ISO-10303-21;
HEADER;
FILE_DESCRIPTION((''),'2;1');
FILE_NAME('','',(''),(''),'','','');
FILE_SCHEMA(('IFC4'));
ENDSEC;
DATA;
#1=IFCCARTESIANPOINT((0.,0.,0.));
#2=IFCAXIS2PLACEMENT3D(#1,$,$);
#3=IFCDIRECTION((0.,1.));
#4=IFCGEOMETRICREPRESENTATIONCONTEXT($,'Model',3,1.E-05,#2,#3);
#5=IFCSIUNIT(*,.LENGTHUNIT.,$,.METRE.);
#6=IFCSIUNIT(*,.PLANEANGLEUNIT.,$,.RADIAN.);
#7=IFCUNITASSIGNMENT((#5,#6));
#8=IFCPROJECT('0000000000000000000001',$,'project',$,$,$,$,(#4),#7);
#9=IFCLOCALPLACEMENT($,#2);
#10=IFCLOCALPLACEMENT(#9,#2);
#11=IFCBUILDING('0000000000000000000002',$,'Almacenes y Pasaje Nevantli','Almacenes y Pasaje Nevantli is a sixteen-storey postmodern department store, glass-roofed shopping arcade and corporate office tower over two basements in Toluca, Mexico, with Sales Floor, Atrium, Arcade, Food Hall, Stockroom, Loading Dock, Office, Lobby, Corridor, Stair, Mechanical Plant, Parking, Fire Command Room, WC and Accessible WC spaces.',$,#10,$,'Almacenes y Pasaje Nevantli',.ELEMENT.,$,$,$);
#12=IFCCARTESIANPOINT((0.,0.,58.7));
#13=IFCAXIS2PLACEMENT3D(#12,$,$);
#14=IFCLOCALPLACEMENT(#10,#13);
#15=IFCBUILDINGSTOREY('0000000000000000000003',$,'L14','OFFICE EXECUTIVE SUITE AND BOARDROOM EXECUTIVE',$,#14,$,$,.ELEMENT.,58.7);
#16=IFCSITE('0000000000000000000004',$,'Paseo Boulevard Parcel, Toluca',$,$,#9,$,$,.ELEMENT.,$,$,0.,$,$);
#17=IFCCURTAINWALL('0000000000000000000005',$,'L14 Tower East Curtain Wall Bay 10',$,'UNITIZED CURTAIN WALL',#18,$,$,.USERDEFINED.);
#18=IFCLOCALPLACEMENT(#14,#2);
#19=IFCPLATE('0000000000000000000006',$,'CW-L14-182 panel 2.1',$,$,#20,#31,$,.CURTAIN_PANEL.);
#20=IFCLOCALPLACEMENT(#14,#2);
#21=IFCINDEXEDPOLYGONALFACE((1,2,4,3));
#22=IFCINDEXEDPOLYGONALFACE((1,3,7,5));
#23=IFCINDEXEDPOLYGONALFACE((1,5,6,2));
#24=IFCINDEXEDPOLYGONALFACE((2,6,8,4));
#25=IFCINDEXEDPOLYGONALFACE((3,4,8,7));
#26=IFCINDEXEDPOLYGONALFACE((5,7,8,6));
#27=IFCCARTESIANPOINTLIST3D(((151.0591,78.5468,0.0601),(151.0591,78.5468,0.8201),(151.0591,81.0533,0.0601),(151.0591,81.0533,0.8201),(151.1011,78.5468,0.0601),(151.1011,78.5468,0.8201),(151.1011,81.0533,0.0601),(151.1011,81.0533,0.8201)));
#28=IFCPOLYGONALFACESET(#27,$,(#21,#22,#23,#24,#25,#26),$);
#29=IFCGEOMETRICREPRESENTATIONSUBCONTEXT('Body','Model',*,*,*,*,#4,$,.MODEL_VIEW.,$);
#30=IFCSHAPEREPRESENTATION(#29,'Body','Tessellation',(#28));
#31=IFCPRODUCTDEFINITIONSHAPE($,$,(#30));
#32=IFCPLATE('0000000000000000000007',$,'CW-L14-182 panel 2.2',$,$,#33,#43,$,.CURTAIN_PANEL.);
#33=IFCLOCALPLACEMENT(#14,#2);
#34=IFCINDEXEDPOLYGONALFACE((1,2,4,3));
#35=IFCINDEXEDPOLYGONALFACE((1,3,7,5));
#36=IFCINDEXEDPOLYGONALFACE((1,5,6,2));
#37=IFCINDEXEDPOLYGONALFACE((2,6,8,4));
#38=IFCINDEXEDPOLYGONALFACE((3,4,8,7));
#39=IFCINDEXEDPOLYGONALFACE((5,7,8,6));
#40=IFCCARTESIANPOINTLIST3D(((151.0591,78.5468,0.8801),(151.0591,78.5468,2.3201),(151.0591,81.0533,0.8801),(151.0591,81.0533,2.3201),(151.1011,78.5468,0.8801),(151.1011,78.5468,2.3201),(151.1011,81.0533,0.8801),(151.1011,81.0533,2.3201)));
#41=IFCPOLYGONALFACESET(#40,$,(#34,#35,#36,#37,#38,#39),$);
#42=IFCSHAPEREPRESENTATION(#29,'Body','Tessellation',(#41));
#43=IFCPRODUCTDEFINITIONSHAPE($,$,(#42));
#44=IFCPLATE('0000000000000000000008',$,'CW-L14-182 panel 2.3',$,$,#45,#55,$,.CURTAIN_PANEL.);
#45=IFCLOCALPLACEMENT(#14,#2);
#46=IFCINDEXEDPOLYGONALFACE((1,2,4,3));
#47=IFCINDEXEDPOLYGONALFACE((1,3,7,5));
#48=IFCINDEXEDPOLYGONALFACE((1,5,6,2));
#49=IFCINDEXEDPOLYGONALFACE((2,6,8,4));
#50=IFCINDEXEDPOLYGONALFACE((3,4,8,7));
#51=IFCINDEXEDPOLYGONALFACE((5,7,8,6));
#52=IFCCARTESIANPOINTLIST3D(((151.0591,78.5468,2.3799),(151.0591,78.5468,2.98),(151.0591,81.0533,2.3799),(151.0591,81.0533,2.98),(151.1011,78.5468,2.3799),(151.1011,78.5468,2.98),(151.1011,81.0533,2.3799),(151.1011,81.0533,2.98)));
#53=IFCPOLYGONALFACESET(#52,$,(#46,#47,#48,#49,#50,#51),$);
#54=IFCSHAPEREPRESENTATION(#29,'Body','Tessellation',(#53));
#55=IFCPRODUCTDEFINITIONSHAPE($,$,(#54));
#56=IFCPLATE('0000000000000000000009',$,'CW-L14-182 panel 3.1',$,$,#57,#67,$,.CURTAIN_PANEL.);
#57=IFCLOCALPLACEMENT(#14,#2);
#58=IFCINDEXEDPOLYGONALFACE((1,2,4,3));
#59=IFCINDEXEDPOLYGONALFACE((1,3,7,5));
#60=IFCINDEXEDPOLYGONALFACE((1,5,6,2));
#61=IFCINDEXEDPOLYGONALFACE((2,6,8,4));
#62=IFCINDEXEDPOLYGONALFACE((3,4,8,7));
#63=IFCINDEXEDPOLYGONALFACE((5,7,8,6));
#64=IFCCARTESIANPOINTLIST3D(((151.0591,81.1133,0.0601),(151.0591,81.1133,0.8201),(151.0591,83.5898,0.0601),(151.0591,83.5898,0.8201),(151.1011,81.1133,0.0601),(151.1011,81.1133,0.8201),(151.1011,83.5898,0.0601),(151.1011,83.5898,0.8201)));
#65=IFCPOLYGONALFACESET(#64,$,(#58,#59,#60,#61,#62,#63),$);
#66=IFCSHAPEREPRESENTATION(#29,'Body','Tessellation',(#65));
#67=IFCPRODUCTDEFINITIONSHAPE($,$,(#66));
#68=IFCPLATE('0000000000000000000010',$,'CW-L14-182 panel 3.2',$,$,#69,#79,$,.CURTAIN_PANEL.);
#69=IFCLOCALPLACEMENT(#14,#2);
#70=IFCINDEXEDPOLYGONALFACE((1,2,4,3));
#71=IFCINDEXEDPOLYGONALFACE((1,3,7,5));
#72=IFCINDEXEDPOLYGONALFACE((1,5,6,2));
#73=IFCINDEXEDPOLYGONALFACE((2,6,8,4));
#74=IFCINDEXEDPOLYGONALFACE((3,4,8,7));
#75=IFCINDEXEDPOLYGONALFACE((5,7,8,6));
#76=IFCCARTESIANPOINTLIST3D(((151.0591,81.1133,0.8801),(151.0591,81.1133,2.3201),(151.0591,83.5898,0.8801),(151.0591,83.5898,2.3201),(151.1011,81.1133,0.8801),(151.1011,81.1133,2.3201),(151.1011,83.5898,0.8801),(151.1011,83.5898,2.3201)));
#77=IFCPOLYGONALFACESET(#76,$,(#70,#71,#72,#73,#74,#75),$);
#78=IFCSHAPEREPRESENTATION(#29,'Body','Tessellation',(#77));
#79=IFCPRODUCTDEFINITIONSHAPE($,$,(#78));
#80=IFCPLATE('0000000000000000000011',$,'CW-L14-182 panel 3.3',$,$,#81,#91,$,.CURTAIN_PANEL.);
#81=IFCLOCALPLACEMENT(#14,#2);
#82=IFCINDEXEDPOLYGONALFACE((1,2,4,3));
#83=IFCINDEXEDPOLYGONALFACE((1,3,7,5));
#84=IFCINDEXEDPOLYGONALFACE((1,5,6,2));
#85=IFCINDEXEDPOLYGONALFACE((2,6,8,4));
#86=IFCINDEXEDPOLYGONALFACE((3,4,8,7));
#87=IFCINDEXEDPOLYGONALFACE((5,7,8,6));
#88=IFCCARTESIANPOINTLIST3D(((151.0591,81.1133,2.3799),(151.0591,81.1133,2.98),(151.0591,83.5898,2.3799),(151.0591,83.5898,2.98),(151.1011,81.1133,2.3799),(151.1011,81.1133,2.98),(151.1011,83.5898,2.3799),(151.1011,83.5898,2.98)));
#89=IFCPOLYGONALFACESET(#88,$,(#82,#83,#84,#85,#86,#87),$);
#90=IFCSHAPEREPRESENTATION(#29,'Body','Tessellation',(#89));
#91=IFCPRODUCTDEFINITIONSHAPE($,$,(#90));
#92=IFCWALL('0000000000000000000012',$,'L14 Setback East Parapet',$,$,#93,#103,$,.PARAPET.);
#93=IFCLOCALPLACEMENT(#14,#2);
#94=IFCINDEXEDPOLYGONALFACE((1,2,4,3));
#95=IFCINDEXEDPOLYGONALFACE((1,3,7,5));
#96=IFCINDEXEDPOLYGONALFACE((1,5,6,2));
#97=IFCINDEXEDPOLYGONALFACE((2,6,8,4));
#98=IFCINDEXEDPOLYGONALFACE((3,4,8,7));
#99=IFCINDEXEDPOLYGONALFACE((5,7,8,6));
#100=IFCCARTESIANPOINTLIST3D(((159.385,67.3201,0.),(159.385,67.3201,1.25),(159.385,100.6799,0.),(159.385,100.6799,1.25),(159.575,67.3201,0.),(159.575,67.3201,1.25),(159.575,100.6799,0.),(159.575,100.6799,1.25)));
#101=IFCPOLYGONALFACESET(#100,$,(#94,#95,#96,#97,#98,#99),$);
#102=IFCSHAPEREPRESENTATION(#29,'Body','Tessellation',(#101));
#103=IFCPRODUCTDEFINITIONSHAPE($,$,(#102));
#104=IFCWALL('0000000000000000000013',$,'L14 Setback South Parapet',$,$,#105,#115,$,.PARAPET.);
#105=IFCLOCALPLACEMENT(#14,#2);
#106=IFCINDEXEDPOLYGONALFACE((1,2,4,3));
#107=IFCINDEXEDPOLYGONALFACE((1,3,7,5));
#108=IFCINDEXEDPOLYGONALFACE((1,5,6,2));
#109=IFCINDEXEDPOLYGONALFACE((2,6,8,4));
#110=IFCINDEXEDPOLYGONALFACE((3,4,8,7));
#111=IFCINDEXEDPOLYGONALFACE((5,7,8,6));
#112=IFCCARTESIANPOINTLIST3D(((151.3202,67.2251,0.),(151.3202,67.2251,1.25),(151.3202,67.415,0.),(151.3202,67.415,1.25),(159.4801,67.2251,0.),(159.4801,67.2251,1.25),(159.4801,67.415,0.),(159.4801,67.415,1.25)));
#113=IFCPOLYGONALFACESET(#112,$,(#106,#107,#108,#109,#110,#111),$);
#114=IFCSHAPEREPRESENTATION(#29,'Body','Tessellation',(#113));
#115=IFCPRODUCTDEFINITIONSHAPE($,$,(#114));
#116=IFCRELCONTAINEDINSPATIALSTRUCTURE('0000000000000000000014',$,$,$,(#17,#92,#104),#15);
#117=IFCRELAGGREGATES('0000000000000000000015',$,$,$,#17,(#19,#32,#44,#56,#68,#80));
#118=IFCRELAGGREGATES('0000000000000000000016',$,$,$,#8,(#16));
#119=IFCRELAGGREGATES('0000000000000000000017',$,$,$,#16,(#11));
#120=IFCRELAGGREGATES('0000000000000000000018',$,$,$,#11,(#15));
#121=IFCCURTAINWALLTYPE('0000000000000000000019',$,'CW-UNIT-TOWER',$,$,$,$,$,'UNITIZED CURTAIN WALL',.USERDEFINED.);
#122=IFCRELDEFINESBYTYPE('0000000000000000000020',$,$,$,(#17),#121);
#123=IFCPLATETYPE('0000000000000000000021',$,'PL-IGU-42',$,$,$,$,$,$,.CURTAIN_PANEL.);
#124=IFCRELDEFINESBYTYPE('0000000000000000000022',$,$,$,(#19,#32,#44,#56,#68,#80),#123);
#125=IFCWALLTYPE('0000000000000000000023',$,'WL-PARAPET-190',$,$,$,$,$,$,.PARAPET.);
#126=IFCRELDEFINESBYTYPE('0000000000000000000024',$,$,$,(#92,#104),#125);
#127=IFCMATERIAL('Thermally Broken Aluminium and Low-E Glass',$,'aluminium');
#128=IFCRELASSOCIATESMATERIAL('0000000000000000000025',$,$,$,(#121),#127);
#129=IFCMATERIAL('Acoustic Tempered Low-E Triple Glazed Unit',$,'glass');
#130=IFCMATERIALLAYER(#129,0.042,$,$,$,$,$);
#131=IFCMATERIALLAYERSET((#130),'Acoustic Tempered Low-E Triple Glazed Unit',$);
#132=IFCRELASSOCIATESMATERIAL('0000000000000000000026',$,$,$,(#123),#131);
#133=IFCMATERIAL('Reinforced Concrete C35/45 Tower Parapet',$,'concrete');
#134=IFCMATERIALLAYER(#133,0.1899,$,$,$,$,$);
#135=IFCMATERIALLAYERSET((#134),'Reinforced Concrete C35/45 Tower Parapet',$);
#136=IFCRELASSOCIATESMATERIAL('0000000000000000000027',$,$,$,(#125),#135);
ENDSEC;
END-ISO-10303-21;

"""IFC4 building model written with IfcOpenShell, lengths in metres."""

from ifc_helpers import new_model, si_unit, direction, frame, frame_2d, origin, origin_2d, place, context, subcontext, project, spatial, rectangle, extrude, material, layer, layer_set, type_object, element, aggregate, save


model = new_model("IFC4")

# Units and contexts
model_context = context("Model", 3, precision=1e-05, world=origin(), true_north=direction((0.0, 1.0)))
body_context = subcontext(model_context, "Body", "Model", "MODEL_VIEW")
ifc_project = project(units=[si_unit("LENGTHUNIT", "METRE"), si_unit("PLANEANGLEUNIT", "RADIAN")], contexts=[model_context])

# Site, building, storey
site_placement = place(None, origin())
site = spatial("IfcSite", under=ifc_project, at=site_placement, Name="Paseo Boulevard Parcel, Toluca", CompositionType="ELEMENT", RefElevation=0.0)
building_placement = place(site_placement, origin())
building = spatial("IfcBuilding", under=site, at=building_placement, Name="Almacenes y Pasaje Nevantli", Description="Almacenes y Pasaje Nevantli is a sixteen-storey postmodern department store, glass-roofed shopping arcade and corporate office tower over two basements in Toluca, Mexico, with Sales Floor, Atrium, Arcade, Food Hall, Stockroom, Loading Dock, Office, Lobby, Corridor, Stair, Mechanical Plant, Parking, Fire Command Room, WC and Accessible WC spaces.", LongName="Almacenes y Pasaje Nevantli", CompositionType="ELEMENT")
storey_placement = place(building_placement, frame((0.0, 0.0, 58.7)))
storey = spatial("IfcBuildingStorey", under=building, at=storey_placement, Name="L14", Description="OFFICE EXECUTIVE SUITE AND BOARDROOM EXECUTIVE", CompositionType="ELEMENT", Elevation=58.7)

# Curtain wall, plates
ifc_material_1 = material(Name="Thermally Broken Aluminium and Low-E Glass", Category="aluminium")
curtain_wall_type = type_object("IfcCurtainWallType", Name="CW-UNIT-TOWER", ElementType="UNITIZED CURTAIN WALL", PredefinedType="USERDEFINED", material=ifc_material_1)
curtain_wall_placement = place(storey_placement, origin())
curtain_wall = element("IfcCurtainWall", 1, at=curtain_wall_placement, inside=storey, type_object=curtain_wall_type, Name="L14 Tower East Curtain Wall Bay 10", ObjectType="UNITIZED CURTAIN WALL", PredefinedType="USERDEFINED")
ifc_material_2 = material(Name="Acoustic Tempered Low-E Triple Glazed Unit", Category="glass")
ifc_layer_1 = layer(ifc_material_2, 0.042)
ifc_layer_set_1 = layer_set([ifc_layer_1], Name="Acoustic Tempered Low-E Triple Glazed Unit")
plate_type = type_object("IfcPlateType", Name="PL-IGU-42", PredefinedType="CURTAIN_PANEL", material=ifc_layer_set_1)
plate_1_placement = place(storey_placement, frame((151.0801, 79.8, 0.0601), z_axis=(0.0, 0.0, 1.0), x_axis=(0.0, 1.0, 0.0)))
plate_1 = element("IfcPlate", 2, at=plate_1_placement, type_object=plate_type, Name="CW-L14-182 panel 2.1", PredefinedType="CURTAIN_PANEL", context=body_context, shape_type="SweptSolid", body=[
    extrude(rectangle(XDim=2.5066, YDim=0.042, at=origin_2d()), origin(), (0.0, 0.0, 1.0), 0.76),
])
plate_2_placement = place(storey_placement, frame((151.0801, 79.8, 0.8801), z_axis=(0.0, 0.0, 1.0), x_axis=(0.0, 1.0, 0.0)))
plate_2 = element("IfcPlate", 3, at=plate_2_placement, type_object=plate_type, Name="CW-L14-182 panel 2.2", PredefinedType="CURTAIN_PANEL", context=body_context, shape_type="SweptSolid", body=[
    extrude(rectangle(XDim=2.5066, YDim=0.042, at=origin_2d()), origin(), (0.0, 0.0, 1.0), 1.4399),
])
plate_3_placement = place(storey_placement, frame((151.0801, 79.8, 2.3799), z_axis=(0.0, 0.0, 1.0), x_axis=(0.0, 1.0, 0.0)))
plate_3 = element("IfcPlate", 4, at=plate_3_placement, type_object=plate_type, Name="CW-L14-182 panel 2.3", PredefinedType="CURTAIN_PANEL", context=body_context, shape_type="SweptSolid", body=[
    extrude(rectangle(XDim=2.5066, YDim=0.042, at=origin_2d()), origin(), (0.0, 0.0, 1.0), 0.6001),
])
plate_4_placement = place(storey_placement, frame((151.0801, 82.3516, 0.0601), z_axis=(0.0, 0.0, 1.0), x_axis=(0.0, 1.0, 0.0)))
plate_4 = element("IfcPlate", 5, at=plate_4_placement, type_object=plate_type, Name="CW-L14-182 panel 3.1", PredefinedType="CURTAIN_PANEL", context=body_context, shape_type="SweptSolid", body=[
    extrude(rectangle(XDim=2.4766, YDim=0.042, at=origin_2d()), origin(), (0.0, 0.0, 1.0), 0.76),
])
plate_5_placement = place(storey_placement, frame((151.0801, 82.3516, 0.8801), z_axis=(0.0, 0.0, 1.0), x_axis=(0.0, 1.0, 0.0)))
plate_5 = element("IfcPlate", 6, at=plate_5_placement, type_object=plate_type, Name="CW-L14-182 panel 3.2", PredefinedType="CURTAIN_PANEL", context=body_context, shape_type="SweptSolid", body=[
    extrude(rectangle(XDim=2.4766, YDim=0.042, at=origin_2d()), origin(), (0.0, 0.0, 1.0), 1.4399),
])
plate_6_placement = place(storey_placement, frame((151.0801, 82.3516, 2.3799), z_axis=(0.0, 0.0, 1.0), x_axis=(0.0, 1.0, 0.0)))
plate_6 = element("IfcPlate", 7, at=plate_6_placement, type_object=plate_type, Name="CW-L14-182 panel 3.3", PredefinedType="CURTAIN_PANEL", context=body_context, shape_type="SweptSolid", body=[
    extrude(rectangle(XDim=2.4766, YDim=0.042, at=origin_2d()), origin(), (0.0, 0.0, 1.0), 0.6001),
])
aggregate(curtain_wall, [plate_1, plate_2, plate_3, plate_4, plate_5, plate_6])

# Walls
ifc_material_3 = material(Name="Reinforced Concrete C35/45 Tower Parapet", Category="concrete")
ifc_layer_2 = layer(ifc_material_3, 0.1899)
ifc_layer_set_2 = layer_set([ifc_layer_2], Name="Reinforced Concrete C35/45 Tower Parapet")
wall_type = type_object("IfcWallType", Name="WL-PARAPET-190", PredefinedType="PARAPET", material=ifc_layer_set_2)
wall_1_placement = place(storey_placement, frame((159.48, 67.3201, 0.0), z_axis=(0.0, 0.0, 1.0), x_axis=(0.0, 1.0, 0.0)))
element("IfcWall", 8, at=wall_1_placement, inside=storey, type_object=wall_type, Name="L14 Setback East Parapet", PredefinedType="PARAPET", context=body_context, shape_type="SweptSolid", body=[
    extrude(rectangle(XDim=33.3599, YDim=0.1899, at=frame_2d((16.6799, 0.0))), origin(), (0.0, 0.0, 1.0), 1.25),
])
wall_2_placement = place(storey_placement, frame((151.3201, 67.3201, 0.0), z_axis=(0.0, 0.0, 1.0), x_axis=(1.0, 0.0, 0.0)))
element("IfcWall", 9, at=wall_2_placement, inside=storey, type_object=wall_type, Name="L14 Setback South Parapet", PredefinedType="PARAPET", context=body_context, shape_type="SweptSolid", body=[
    extrude(rectangle(XDim=8.1599, YDim=0.1899, at=frame_2d((4.0801, 0.0))), origin(), (0.0, 0.0, 1.0), 1.25),
])

save(model, "model.ifc")
